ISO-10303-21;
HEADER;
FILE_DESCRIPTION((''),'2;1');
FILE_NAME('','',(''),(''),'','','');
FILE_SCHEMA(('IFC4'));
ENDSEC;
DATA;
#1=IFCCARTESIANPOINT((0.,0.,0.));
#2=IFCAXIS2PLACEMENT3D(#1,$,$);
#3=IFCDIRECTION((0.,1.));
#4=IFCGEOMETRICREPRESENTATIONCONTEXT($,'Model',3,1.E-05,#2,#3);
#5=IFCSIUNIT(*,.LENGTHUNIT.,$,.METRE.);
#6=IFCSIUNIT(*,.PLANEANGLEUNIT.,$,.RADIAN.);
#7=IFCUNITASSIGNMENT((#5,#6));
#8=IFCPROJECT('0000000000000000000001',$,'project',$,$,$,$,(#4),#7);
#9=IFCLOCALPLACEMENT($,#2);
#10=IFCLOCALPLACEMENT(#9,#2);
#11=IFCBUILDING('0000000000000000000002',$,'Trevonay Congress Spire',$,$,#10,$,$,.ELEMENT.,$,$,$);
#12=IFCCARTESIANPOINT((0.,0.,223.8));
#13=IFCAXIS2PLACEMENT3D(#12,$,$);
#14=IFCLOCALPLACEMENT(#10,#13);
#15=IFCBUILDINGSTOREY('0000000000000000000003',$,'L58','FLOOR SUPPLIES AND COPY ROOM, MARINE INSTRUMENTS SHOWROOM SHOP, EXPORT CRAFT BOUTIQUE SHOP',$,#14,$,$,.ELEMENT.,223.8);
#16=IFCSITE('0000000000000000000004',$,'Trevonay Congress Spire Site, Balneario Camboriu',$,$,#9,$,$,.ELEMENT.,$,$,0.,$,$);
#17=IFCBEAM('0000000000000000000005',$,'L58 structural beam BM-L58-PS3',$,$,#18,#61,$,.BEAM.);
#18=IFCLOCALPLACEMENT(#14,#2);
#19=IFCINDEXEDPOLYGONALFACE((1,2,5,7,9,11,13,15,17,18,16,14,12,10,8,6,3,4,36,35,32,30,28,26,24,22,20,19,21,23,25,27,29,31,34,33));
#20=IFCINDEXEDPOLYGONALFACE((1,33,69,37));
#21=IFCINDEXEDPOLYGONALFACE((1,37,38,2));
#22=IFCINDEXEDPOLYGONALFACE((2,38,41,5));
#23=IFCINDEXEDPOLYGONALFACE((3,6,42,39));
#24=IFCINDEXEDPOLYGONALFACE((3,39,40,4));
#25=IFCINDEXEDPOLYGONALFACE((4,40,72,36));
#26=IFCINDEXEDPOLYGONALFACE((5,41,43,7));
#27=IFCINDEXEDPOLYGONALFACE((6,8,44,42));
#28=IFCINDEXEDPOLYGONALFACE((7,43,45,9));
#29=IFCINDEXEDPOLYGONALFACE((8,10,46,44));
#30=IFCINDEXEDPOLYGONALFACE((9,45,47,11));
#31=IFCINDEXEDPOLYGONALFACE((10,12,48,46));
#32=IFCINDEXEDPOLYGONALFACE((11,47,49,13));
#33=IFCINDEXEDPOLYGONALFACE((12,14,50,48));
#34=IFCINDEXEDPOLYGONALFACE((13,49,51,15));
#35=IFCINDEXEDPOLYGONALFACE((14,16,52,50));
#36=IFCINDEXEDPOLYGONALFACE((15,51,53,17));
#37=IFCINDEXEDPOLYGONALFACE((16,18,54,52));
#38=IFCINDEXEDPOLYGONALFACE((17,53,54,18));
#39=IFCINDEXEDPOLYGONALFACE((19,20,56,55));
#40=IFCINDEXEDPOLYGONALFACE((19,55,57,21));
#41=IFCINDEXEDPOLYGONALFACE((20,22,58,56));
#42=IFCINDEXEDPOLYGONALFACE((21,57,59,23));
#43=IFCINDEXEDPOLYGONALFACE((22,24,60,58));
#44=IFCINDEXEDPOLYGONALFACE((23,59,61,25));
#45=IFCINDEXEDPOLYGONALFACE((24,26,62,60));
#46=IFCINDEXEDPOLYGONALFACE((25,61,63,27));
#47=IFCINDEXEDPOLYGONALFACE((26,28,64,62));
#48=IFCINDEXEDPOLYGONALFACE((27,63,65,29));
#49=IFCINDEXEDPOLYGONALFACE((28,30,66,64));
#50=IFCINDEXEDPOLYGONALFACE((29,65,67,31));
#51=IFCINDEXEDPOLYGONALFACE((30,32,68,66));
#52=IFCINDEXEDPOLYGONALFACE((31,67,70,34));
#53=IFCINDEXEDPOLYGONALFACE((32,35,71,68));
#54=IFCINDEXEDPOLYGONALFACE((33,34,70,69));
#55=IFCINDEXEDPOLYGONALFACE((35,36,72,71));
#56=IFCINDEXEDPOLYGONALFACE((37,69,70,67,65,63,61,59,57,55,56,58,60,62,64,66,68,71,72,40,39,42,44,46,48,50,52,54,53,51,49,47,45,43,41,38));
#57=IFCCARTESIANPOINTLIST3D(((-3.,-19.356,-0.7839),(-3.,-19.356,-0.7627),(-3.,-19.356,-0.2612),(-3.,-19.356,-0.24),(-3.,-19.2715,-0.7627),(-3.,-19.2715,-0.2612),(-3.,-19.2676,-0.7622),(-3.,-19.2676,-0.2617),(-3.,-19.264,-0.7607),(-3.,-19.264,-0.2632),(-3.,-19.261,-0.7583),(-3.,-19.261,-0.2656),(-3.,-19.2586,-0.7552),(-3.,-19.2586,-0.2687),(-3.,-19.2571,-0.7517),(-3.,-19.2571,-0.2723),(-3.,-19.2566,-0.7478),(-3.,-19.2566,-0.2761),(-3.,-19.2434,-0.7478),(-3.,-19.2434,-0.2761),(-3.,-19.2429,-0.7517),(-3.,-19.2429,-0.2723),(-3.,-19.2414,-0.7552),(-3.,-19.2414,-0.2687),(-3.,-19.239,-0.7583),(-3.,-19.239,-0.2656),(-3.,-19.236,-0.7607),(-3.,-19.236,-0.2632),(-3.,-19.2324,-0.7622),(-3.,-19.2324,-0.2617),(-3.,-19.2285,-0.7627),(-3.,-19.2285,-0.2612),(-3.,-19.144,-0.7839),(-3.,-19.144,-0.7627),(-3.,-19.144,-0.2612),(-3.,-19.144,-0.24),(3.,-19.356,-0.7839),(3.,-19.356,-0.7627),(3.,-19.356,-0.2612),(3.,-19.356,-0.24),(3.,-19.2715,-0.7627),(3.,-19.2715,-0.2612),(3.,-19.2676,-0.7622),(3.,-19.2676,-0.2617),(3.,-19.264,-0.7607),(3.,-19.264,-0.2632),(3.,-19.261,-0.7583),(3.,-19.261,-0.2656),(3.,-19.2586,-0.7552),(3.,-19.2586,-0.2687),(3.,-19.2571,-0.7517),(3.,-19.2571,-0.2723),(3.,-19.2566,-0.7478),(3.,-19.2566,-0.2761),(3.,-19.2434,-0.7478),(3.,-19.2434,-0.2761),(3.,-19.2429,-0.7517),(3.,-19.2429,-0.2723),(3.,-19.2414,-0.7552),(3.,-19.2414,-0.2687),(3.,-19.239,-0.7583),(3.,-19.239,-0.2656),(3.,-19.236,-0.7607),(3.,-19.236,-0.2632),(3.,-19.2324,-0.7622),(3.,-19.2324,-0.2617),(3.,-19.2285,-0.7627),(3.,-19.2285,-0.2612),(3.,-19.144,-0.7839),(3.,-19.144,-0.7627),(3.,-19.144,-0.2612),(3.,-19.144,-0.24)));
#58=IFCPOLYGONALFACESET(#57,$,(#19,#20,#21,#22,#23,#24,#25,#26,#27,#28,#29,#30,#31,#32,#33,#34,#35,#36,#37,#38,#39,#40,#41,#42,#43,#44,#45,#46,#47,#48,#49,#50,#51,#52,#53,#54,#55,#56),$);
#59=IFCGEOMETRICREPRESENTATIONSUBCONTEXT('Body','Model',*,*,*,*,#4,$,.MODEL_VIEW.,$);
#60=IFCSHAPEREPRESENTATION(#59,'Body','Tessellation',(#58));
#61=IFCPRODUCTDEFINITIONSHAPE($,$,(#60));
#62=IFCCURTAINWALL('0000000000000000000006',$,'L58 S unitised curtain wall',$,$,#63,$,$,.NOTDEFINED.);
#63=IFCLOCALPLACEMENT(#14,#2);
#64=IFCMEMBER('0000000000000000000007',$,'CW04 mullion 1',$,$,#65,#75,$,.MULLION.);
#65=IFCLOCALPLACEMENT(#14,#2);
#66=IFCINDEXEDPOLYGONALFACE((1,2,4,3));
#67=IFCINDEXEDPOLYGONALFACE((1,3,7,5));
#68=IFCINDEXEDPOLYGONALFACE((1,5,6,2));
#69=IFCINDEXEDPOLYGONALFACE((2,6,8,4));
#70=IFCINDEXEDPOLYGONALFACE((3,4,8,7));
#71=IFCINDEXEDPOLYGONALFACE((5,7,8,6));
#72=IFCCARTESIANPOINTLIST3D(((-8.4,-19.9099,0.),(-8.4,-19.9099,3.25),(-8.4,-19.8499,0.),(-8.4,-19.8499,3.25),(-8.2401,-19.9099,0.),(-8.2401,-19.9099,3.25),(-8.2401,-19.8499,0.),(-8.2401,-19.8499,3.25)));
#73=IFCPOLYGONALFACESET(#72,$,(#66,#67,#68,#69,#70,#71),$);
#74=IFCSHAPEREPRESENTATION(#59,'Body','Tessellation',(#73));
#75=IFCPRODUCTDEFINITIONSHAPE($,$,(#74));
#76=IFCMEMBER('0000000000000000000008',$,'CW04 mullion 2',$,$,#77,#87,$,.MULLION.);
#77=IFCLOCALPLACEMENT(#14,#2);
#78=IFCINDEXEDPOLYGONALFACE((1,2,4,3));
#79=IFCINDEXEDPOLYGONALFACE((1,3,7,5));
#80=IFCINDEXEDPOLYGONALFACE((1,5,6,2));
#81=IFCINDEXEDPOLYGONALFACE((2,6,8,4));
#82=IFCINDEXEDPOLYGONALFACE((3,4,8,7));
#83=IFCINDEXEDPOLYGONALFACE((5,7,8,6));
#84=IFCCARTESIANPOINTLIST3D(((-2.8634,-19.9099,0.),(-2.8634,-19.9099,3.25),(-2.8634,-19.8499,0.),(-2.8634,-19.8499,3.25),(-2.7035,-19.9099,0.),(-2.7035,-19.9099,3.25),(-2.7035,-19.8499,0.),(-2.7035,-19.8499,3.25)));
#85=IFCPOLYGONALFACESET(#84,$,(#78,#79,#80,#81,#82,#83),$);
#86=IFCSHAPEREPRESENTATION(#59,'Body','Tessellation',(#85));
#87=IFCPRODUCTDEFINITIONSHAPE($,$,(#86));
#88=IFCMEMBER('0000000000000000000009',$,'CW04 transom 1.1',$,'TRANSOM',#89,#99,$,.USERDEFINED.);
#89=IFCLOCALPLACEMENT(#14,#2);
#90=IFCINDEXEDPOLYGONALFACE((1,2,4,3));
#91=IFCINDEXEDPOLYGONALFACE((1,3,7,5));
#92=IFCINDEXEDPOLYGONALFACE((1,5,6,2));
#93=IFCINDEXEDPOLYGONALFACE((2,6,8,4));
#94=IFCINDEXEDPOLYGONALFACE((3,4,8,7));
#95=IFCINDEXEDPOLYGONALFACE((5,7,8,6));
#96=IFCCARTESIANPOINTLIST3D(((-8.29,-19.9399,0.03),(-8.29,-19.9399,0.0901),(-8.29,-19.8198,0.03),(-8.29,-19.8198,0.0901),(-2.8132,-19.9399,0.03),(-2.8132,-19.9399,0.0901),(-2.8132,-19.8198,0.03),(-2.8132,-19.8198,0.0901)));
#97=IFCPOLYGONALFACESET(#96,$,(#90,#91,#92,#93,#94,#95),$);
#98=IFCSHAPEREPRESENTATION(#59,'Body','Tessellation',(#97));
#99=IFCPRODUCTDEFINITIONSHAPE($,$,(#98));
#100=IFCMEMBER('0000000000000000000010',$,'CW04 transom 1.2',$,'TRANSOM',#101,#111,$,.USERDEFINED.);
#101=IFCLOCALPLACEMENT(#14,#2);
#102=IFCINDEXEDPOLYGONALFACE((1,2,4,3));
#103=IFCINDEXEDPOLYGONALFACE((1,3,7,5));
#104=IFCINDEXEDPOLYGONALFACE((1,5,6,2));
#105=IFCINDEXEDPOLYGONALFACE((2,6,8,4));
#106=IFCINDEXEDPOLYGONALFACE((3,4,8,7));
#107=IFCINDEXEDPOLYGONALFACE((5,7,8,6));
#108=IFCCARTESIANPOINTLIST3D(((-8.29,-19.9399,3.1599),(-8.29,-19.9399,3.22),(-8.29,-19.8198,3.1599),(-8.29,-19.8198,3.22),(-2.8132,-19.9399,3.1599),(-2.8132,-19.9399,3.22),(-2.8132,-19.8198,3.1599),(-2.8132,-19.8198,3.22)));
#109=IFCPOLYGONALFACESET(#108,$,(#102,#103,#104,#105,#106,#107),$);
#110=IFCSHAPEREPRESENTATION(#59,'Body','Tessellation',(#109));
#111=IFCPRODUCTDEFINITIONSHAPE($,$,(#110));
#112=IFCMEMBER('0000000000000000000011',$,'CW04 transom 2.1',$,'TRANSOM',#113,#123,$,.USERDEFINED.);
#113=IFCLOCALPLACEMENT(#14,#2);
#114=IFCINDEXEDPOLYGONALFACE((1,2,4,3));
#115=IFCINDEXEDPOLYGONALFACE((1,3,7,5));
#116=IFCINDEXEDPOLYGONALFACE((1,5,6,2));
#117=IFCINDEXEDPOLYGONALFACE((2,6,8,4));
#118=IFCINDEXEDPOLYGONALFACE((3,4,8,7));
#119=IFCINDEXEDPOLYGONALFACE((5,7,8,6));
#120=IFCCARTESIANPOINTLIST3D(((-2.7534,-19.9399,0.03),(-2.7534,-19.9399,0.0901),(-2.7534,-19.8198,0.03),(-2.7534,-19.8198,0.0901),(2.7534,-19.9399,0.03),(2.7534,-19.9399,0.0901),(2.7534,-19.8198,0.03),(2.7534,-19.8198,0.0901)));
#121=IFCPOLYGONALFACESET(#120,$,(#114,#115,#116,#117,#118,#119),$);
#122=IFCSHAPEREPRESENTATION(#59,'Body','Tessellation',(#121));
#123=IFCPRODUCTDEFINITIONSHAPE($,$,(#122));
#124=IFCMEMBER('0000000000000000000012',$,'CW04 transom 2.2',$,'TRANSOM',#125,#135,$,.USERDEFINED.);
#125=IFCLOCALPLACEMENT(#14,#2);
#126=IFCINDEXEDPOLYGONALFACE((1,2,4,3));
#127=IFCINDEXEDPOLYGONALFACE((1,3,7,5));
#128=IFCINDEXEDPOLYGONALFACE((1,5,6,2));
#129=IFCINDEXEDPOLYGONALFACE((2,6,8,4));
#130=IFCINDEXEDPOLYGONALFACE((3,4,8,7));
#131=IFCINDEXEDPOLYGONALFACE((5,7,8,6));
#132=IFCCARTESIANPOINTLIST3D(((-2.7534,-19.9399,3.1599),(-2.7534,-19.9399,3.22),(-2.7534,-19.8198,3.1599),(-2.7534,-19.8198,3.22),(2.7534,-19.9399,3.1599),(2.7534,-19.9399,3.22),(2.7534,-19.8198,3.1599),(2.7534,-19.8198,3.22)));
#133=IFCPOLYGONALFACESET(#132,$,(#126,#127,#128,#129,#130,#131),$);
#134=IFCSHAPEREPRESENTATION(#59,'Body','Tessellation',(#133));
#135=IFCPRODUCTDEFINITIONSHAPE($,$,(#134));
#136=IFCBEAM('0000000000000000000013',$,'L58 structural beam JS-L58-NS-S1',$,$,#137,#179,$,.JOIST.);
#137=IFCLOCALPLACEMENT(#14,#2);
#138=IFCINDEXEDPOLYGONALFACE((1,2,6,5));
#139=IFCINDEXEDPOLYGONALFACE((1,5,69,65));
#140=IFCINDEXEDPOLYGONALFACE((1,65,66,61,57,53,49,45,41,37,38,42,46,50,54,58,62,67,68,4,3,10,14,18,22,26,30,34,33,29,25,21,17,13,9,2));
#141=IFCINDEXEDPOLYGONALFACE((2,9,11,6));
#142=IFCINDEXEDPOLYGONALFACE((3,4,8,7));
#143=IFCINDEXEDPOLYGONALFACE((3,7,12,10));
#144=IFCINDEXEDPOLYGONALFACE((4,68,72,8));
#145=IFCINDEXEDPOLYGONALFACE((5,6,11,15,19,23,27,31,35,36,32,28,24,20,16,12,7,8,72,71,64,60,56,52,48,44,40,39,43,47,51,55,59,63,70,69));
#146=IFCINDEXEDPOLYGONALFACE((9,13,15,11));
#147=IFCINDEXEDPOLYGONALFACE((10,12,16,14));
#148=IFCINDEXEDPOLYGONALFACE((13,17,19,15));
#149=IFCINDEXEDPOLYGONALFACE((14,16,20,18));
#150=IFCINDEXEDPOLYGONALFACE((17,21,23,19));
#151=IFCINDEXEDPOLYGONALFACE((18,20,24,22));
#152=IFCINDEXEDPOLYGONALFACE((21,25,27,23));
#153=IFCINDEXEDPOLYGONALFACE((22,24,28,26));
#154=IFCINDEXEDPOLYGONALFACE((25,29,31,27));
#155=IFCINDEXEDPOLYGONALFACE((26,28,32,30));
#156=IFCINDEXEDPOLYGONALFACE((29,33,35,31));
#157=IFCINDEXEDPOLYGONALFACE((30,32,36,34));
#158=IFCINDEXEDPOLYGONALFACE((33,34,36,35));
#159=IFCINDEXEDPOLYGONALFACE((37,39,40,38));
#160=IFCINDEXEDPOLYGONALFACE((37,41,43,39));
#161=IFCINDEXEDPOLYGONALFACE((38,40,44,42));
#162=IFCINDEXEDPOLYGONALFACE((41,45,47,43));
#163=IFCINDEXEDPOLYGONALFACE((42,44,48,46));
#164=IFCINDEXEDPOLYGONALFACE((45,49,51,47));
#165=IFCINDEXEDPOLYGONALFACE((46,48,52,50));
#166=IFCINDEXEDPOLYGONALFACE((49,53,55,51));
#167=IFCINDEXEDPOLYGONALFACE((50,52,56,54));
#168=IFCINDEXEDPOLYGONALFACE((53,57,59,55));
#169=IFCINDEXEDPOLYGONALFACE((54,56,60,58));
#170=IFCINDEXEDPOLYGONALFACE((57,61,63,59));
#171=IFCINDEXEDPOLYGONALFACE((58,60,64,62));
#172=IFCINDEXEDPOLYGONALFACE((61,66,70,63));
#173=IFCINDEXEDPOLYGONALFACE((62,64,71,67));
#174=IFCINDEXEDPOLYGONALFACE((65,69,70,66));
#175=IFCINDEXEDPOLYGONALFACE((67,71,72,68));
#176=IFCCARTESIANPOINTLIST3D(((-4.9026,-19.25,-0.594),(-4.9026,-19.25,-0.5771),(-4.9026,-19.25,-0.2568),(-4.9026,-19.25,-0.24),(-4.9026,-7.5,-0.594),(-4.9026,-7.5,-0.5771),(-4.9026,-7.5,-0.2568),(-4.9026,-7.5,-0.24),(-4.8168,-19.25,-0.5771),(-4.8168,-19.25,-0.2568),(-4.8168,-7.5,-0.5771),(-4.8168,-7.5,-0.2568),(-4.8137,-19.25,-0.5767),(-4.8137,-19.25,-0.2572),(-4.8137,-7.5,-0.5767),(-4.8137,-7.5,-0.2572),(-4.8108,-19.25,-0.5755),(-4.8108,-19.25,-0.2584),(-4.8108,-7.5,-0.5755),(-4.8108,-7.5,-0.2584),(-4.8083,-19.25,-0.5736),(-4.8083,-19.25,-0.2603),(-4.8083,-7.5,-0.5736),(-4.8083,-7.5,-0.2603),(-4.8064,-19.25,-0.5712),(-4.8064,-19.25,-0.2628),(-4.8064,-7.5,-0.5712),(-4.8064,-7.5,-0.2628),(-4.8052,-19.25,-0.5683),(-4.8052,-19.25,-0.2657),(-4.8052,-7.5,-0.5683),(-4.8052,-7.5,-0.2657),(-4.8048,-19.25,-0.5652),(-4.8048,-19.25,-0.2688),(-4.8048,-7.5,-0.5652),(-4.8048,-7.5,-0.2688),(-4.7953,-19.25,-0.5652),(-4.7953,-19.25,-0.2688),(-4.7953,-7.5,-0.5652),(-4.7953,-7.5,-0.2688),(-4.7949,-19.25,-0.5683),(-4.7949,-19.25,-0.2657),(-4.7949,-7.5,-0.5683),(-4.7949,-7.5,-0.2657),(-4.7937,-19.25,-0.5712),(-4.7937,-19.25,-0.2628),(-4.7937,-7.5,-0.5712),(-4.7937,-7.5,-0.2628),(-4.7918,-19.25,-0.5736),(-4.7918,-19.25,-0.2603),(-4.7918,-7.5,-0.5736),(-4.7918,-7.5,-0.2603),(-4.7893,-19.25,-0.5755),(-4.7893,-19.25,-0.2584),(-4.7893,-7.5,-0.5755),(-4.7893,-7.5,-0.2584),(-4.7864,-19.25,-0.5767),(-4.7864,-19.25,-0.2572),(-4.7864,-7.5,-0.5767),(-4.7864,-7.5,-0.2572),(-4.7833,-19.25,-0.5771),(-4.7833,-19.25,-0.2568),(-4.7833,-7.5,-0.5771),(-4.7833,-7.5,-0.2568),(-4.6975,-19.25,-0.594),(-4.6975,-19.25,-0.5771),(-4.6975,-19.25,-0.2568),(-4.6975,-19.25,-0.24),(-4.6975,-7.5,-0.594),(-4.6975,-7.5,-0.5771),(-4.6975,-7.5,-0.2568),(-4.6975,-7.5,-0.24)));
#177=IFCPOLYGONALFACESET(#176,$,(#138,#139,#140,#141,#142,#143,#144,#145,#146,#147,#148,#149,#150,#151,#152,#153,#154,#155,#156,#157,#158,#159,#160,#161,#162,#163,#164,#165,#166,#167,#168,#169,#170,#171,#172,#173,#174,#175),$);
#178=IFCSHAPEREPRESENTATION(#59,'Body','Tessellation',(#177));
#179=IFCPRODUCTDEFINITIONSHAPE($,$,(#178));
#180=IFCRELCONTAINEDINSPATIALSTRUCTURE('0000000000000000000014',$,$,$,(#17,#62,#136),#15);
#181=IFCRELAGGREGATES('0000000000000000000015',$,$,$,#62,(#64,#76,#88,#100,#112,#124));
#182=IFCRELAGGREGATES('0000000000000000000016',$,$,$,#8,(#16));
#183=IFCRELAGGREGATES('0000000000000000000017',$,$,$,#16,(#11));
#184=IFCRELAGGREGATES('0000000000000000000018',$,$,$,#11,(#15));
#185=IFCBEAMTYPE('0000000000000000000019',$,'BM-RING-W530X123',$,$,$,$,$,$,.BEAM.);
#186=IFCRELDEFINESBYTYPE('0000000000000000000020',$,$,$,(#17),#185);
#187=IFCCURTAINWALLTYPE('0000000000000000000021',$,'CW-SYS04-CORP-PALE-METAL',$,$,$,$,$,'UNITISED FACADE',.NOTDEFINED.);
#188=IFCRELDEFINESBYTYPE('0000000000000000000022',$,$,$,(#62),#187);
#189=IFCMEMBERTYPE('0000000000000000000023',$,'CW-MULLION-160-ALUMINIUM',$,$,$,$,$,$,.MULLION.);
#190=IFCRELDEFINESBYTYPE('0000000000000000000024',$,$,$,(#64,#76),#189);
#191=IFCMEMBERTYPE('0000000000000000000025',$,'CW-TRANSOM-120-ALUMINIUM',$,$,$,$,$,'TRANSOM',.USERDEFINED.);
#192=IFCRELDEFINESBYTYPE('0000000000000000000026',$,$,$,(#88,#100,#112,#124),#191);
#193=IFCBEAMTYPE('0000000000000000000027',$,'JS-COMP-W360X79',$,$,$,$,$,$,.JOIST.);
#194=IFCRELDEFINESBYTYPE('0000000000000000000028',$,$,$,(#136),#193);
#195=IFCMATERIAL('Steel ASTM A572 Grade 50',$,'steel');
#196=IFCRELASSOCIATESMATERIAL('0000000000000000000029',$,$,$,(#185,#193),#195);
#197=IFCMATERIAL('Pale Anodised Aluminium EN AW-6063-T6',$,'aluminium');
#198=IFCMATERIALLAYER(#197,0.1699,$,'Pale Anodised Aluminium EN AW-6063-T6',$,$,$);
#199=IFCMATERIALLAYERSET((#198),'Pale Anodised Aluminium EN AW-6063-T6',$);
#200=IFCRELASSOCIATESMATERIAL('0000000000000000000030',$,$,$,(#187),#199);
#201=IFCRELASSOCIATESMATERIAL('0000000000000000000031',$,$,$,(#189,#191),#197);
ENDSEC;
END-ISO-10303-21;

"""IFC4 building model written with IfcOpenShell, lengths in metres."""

from ifc_helpers import new_model, si_unit, direction, frame, origin, origin_2d, place, context, subcontext, project, spatial, rectangle, i_section, extrude, material, layer, layer_set, material_profile, profile_set, type_object, element, aggregate, save


model = new_model("IFC4")

# Units and contexts
model_context = context("Model", 3, precision=1e-05, world=origin(), true_north=direction((0.0, 1.0)))
body_context = subcontext(model_context, "Body", "Model", "MODEL_VIEW")
ifc_project = project(units=[si_unit("LENGTHUNIT", "METRE"), si_unit("PLANEANGLEUNIT", "RADIAN")], contexts=[model_context])

# Site, building, storey
site_placement = place(None, origin())
site = spatial("IfcSite", under=ifc_project, at=site_placement, Name="Trevonay Congress Spire Site, Balneario Camboriu", CompositionType="ELEMENT", RefElevation=0.0)
building_placement = place(site_placement, origin())
building = spatial("IfcBuilding", under=site, at=building_placement, Name="Trevonay Congress Spire", CompositionType="ELEMENT")
storey_placement = place(building_placement, frame((0.0, 0.0, 223.8)))
storey = spatial("IfcBuildingStorey", under=building, at=storey_placement, Name="L58", Description="FLOOR SUPPLIES AND COPY ROOM, MARINE INSTRUMENTS SHOWROOM SHOP, EXPORT CRAFT BOUTIQUE SHOP", CompositionType="ELEMENT", Elevation=223.8)

# Shared definitions
ifc_material_1 = material(Name="Steel ASTM A572 Grade 50", Category="steel")

# Beam
ifc_material_profile_1 = material_profile(ifc_material_1, i_section(OverallWidth=0.2119, OverallDepth=0.5439, WebThickness=0.0132, FlangeThickness=0.0212, FilletRadius=0.0149, at=origin_2d()), Name="W530x123")
ifc_profile_set_1 = profile_set([ifc_material_profile_1], Name="Steel ASTM A572 Grade 50")
beam_type_1 = type_object("IfcBeamType", Name="BM-RING-W530X123", PredefinedType="BEAM", material=ifc_profile_set_1)
beam_1_placement = place(storey_placement, frame((-3.0, -19.25, -0.512), z_axis=(1.0, 0.0, 0.0), x_axis=(0.0, 1.0, 0.0)))
element("IfcBeam", 1, at=beam_1_placement, inside=storey, type_object=beam_type_1, Name="L58 structural beam BM-L58-PS3", PredefinedType="BEAM", context=body_context, shape_type="SweptSolid", body=[
    extrude(i_section(OverallWidth=0.2119, OverallDepth=0.5439, WebThickness=0.0132, FlangeThickness=0.0212, FilletRadius=0.0149, at=origin_2d()), origin(), (0.0, 0.0, 1.0), 6.0),
])

# Curtain wall, members
ifc_material_2 = material(Name="Pale Anodised Aluminium EN AW-6063-T6", Category="aluminium")
ifc_layer_1 = layer(ifc_material_2, 0.1699, Name="Pale Anodised Aluminium EN AW-6063-T6")
ifc_layer_set_1 = layer_set([ifc_layer_1], Name="Pale Anodised Aluminium EN AW-6063-T6")
curtain_wall_type = type_object("IfcCurtainWallType", Name="CW-SYS04-CORP-PALE-METAL", ElementType="UNITISED FACADE", PredefinedType="NOTDEFINED", material=ifc_layer_set_1)
curtain_wall_placement = place(storey_placement, origin())
curtain_wall = element("IfcCurtainWall", 2, at=curtain_wall_placement, inside=storey, type_object=curtain_wall_type, Name="L58 S unitised curtain wall", PredefinedType="NOTDEFINED")
ifc_material_profile_2 = material_profile(ifc_material_2, rectangle(XDim=0.0601, YDim=0.1599, at=origin_2d()), Name="CW-MULLION-160-ALUMINIUM")
ifc_profile_set_2 = profile_set([ifc_material_profile_2], Name="Pale Anodised Aluminium EN AW-6063-T6")
member_type_1 = type_object("IfcMemberType", Name="CW-MULLION-160-ALUMINIUM", PredefinedType="MULLION", material=ifc_profile_set_2)
member_1_placement = place(storey_placement, frame((-8.3201, -19.8799, 0.0), z_axis=(0.0, 0.0, 1.0), x_axis=(0.0, 1.0, 0.0)))
member_1 = element("IfcMember", 3, at=member_1_placement, type_object=member_type_1, Name="CW04 mullion 1", PredefinedType="MULLION", context=body_context, shape_type="SweptSolid", body=[
    extrude(rectangle(XDim=0.0601, YDim=0.1599, at=origin_2d()), origin(), (0.0, 0.0, 1.0), 3.25),
])
member_2_placement = place(storey_placement, frame((-2.7834, -19.8799, 0.0), z_axis=(0.0, 0.0, 1.0), x_axis=(0.0, 1.0, 0.0)))
member_2 = element("IfcMember", 4, at=member_2_placement, type_object=member_type_1, Name="CW04 mullion 2", PredefinedType="MULLION", context=body_context, shape_type="SweptSolid", body=[
    extrude(rectangle(XDim=0.0601, YDim=0.1599, at=origin_2d()), origin(), (0.0, 0.0, 1.0), 3.25),
])
ifc_material_profile_3 = material_profile(ifc_material_2, rectangle(XDim=0.1201, YDim=0.0601, at=origin_2d()), Name="CW-TRANSOM-120-ALUMINIUM")
ifc_profile_set_3 = profile_set([ifc_material_profile_3], Name="Pale Anodised Aluminium EN AW-6063-T6")
member_type_2 = type_object("IfcMemberType", Name="CW-TRANSOM-120-ALUMINIUM", ElementType="TRANSOM", PredefinedType="USERDEFINED", material=ifc_profile_set_3)
member_3_placement = place(storey_placement, frame((-8.29, -19.8799, 0.0601), z_axis=(1.0, 0.0, 0.0), x_axis=(0.0, 1.0, 0.0)))
member_3 = element("IfcMember", 5, at=member_3_placement, type_object=member_type_2, Name="CW04 transom 1.1", ObjectType="TRANSOM", PredefinedType="USERDEFINED", context=body_context, shape_type="SweptSolid", body=[
    extrude(rectangle(XDim=0.1201, YDim=0.0601, at=origin_2d()), origin(), (0.0, 0.0, 1.0), 5.4768),
])
member_4_placement = place(storey_placement, frame((-8.29, -19.8799, 3.1899), z_axis=(1.0, 0.0, 0.0), x_axis=(0.0, 1.0, 0.0)))
member_4 = element("IfcMember", 6, at=member_4_placement, type_object=member_type_2, Name="CW04 transom 1.2", ObjectType="TRANSOM", PredefinedType="USERDEFINED", context=body_context, shape_type="SweptSolid", body=[
    extrude(rectangle(XDim=0.1201, YDim=0.0601, at=origin_2d()), origin(), (0.0, 0.0, 1.0), 5.4768),
])
member_5_placement = place(storey_placement, frame((-2.7534, -19.8799, 0.0601), z_axis=(1.0, 0.0, 0.0), x_axis=(0.0, 1.0, 0.0)))
member_5 = element("IfcMember", 7, at=member_5_placement, type_object=member_type_2, Name="CW04 transom 2.1", ObjectType="TRANSOM", PredefinedType="USERDEFINED", context=body_context, shape_type="SweptSolid", body=[
    extrude(rectangle(XDim=0.1201, YDim=0.0601, at=origin_2d()), origin(), (0.0, 0.0, 1.0), 5.5068),
])
member_6_placement = place(storey_placement, frame((-2.7534, -19.8799, 3.1899), z_axis=(1.0, 0.0, 0.0), x_axis=(0.0, 1.0, 0.0)))
member_6 = element("IfcMember", 8, at=member_6_placement, type_object=member_type_2, Name="CW04 transom 2.2", ObjectType="TRANSOM", PredefinedType="USERDEFINED", context=body_context, shape_type="SweptSolid", body=[
    extrude(rectangle(XDim=0.1201, YDim=0.0601, at=origin_2d()), origin(), (0.0, 0.0, 1.0), 5.5068),
])

# Beam
ifc_material_profile_4 = material_profile(ifc_material_1, i_section(OverallWidth=0.2051, OverallDepth=0.354, WebThickness=0.0095, FlangeThickness=0.0168, FilletRadius=0.012, at=origin_2d()), Name="W360x79")
ifc_profile_set_4 = profile_set([ifc_material_profile_4], Name="Steel ASTM A572 Grade 50")
beam_type_2 = type_object("IfcBeamType", Name="JS-COMP-W360X79", PredefinedType="JOIST", material=ifc_profile_set_4)
for number, where, z_axis, x_axis, name in (
    (9, (-4.8, -19.25, -0.417), (0.0, 1.0, 0.0), (-1.0, 0.0, 0.0), "L58 structural beam JS-L58-NS-S1"),
):
    element("IfcBeam", number, at=place(storey_placement, frame(where, z_axis=z_axis, x_axis=x_axis)), inside=storey, type_object=beam_type_2, Name=name, PredefinedType="JOIST", context=body_context, shape_type="SweptSolid", body=[
        extrude(i_section(OverallWidth=0.2051, OverallDepth=0.354, WebThickness=0.0095, FlangeThickness=0.0168, FilletRadius=0.012, at=origin_2d()), origin(), (0.0, 0.0, 1.0), 11.75),
    ])

aggregate(curtain_wall, [member_1, member_2, member_3, member_4, member_5, member_6])

save(model, "model.ifc")
